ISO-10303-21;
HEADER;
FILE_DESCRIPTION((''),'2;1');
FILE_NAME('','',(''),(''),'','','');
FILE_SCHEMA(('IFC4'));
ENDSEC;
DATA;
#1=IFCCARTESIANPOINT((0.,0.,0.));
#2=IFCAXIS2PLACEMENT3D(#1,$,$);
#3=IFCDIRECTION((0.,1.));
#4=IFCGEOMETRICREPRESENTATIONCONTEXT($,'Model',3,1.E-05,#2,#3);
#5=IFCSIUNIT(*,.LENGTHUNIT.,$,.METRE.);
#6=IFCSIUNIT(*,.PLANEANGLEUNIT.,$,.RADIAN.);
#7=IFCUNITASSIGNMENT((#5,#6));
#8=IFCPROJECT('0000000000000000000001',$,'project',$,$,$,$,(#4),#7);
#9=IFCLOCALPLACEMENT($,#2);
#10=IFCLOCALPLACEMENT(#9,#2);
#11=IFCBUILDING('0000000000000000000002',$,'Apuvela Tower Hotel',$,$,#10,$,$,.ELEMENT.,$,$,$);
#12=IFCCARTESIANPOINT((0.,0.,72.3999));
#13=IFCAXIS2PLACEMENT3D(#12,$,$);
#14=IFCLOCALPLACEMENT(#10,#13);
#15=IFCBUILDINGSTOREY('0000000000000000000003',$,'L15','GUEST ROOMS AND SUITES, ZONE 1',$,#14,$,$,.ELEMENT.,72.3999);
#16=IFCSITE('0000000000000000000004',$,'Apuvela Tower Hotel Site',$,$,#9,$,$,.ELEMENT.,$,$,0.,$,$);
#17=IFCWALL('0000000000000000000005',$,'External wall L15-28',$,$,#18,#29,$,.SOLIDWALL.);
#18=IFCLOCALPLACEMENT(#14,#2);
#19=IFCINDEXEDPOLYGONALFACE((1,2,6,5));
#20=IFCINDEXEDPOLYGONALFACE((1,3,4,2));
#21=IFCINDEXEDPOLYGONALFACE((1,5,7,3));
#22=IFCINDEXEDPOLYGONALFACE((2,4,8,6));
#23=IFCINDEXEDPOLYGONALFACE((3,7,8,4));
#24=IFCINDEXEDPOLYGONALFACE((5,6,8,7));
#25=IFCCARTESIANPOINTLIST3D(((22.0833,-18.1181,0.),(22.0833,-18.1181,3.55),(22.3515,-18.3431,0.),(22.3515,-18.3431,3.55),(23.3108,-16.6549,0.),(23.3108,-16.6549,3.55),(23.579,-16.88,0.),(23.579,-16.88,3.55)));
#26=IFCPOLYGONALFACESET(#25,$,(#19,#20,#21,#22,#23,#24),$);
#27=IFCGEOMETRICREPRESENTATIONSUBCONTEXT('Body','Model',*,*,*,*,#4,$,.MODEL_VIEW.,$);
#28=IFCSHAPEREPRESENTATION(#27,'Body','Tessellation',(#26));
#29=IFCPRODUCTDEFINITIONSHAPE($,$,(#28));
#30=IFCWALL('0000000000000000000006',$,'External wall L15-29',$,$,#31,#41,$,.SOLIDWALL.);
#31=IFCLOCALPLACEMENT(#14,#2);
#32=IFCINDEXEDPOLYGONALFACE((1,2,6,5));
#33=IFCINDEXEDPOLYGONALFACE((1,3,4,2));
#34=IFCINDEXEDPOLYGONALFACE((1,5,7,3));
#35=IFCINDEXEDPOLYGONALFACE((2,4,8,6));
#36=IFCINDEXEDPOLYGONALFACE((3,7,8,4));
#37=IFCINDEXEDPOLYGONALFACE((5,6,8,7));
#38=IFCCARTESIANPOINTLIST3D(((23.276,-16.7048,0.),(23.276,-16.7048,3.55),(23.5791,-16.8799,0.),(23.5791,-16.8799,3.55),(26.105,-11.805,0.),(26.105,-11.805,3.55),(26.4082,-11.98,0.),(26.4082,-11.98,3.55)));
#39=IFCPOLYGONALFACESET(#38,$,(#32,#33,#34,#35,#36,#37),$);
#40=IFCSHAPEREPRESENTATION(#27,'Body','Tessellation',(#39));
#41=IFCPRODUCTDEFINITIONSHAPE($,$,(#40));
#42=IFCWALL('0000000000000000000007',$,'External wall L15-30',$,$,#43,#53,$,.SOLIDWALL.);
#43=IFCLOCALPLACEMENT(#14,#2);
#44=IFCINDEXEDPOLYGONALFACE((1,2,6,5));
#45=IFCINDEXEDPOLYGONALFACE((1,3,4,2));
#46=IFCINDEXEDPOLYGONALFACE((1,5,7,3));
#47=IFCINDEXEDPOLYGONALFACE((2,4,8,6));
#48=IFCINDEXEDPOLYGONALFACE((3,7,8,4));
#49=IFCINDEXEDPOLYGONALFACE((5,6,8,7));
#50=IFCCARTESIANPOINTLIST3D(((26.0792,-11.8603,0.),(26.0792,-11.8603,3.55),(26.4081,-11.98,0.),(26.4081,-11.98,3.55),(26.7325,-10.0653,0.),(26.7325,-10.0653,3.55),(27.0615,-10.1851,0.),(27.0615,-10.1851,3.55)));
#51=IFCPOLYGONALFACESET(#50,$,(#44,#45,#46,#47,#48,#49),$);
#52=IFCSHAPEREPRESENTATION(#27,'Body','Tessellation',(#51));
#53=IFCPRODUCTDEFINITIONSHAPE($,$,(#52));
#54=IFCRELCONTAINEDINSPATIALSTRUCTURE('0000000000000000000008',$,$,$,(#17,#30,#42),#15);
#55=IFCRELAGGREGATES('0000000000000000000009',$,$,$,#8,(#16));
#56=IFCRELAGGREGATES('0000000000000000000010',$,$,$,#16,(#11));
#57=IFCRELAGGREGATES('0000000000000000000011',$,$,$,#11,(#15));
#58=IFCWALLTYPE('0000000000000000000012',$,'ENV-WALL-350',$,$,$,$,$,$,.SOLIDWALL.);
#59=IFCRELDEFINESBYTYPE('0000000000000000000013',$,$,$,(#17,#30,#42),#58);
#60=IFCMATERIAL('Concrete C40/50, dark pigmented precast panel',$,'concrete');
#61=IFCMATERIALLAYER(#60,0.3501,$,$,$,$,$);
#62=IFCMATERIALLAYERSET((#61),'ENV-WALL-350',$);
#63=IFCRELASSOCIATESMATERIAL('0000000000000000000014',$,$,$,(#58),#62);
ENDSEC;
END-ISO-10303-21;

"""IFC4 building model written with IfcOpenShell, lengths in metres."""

from ifc_helpers import new_model, si_unit, direction, frame, frame_2d, origin, place, context, subcontext, project, spatial, rectangle, extrude, material, layer, layer_set, type_object, element, save


model = new_model("IFC4")

# Units and contexts
model_context = context("Model", 3, precision=1e-05, world=origin(), true_north=direction((0.0, 1.0)))
body_context = subcontext(model_context, "Body", "Model", "MODEL_VIEW")
ifc_project = project(units=[si_unit("LENGTHUNIT", "METRE"), si_unit("PLANEANGLEUNIT", "RADIAN")], contexts=[model_context])

# Site, building, storey
site_placement = place(None, origin())
site = spatial("IfcSite", under=ifc_project, at=site_placement, Name="Apuvela Tower Hotel Site", CompositionType="ELEMENT", RefElevation=0.0)
building_placement = place(site_placement, origin())
building = spatial("IfcBuilding", under=site, at=building_placement, Name="Apuvela Tower Hotel", CompositionType="ELEMENT")
storey_placement = place(building_placement, frame((0.0, 0.0, 72.3999)))
storey = spatial("IfcBuildingStorey", under=building, at=storey_placement, Name="L15", Description="GUEST ROOMS AND SUITES, ZONE 1", CompositionType="ELEMENT", Elevation=72.3999)

# Shared definitions
ifc_material_1 = material(Name="Concrete C40/50, dark pigmented precast panel", Category="concrete")
ifc_layer_1 = layer(ifc_material_1, 0.3501)
ifc_layer_set_1 = layer_set([ifc_layer_1], Name="ENV-WALL-350")
wall_type_1 = type_object("IfcWallType", Name="ENV-WALL-350", PredefinedType="SOLIDWALL", material=ifc_layer_set_1)

# Walls
for number, where, z_axis, x_axis, name in (
    (1, (22.2173, -18.2307, 0.0), (0.0, 0.0, 1.0), (0.642733, 0.76609, 0.0), "External wall L15-28"),
):
    element("IfcWall", number, at=place(storey_placement, frame(where, z_axis=z_axis, x_axis=x_axis)), inside=storey, type_object=wall_type_1, Name=name, PredefinedType="SOLIDWALL", context=body_context, shape_type="SweptSolid", body=[
        extrude(rectangle(XDim=1.9099, YDim=0.3501, at=frame_2d((0.9551, 0.0))), origin(), (0.0, 0.0, 1.0), 3.55),
    ])
wall_1_placement = place(storey_placement, frame((23.4275, -16.7925, 0.0), z_axis=(0.0, 0.0, 1.0), x_axis=(0.500019, 0.866015, 0.0)))
element("IfcWall", 2, at=wall_1_placement, inside=storey, type_object=wall_type_1, Name="External wall L15-29", PredefinedType="SOLIDWALL", context=body_context, shape_type="SweptSolid", body=[
    extrude(rectangle(XDim=5.658, YDim=0.3501, at=frame_2d((2.8291, 0.0))), origin(), (0.0, 0.0, 1.0), 3.55),
])
wall_2_placement = place(storey_placement, frame((26.2437, -11.9202, 0.0), z_axis=(0.0, 0.0, 1.0), x_axis=(0.34203, 0.939689, 0.0)))
element("IfcWall", 3, at=wall_2_placement, inside=storey, type_object=wall_type_1, Name="External wall L15-30", PredefinedType="SOLIDWALL", context=body_context, shape_type="SweptSolid", body=[
    extrude(rectangle(XDim=1.9102, YDim=0.3501, at=frame_2d((0.9551, 0.0))), origin(), (0.0, 0.0, 1.0), 3.55),
])

save(model, "model.ifc")
